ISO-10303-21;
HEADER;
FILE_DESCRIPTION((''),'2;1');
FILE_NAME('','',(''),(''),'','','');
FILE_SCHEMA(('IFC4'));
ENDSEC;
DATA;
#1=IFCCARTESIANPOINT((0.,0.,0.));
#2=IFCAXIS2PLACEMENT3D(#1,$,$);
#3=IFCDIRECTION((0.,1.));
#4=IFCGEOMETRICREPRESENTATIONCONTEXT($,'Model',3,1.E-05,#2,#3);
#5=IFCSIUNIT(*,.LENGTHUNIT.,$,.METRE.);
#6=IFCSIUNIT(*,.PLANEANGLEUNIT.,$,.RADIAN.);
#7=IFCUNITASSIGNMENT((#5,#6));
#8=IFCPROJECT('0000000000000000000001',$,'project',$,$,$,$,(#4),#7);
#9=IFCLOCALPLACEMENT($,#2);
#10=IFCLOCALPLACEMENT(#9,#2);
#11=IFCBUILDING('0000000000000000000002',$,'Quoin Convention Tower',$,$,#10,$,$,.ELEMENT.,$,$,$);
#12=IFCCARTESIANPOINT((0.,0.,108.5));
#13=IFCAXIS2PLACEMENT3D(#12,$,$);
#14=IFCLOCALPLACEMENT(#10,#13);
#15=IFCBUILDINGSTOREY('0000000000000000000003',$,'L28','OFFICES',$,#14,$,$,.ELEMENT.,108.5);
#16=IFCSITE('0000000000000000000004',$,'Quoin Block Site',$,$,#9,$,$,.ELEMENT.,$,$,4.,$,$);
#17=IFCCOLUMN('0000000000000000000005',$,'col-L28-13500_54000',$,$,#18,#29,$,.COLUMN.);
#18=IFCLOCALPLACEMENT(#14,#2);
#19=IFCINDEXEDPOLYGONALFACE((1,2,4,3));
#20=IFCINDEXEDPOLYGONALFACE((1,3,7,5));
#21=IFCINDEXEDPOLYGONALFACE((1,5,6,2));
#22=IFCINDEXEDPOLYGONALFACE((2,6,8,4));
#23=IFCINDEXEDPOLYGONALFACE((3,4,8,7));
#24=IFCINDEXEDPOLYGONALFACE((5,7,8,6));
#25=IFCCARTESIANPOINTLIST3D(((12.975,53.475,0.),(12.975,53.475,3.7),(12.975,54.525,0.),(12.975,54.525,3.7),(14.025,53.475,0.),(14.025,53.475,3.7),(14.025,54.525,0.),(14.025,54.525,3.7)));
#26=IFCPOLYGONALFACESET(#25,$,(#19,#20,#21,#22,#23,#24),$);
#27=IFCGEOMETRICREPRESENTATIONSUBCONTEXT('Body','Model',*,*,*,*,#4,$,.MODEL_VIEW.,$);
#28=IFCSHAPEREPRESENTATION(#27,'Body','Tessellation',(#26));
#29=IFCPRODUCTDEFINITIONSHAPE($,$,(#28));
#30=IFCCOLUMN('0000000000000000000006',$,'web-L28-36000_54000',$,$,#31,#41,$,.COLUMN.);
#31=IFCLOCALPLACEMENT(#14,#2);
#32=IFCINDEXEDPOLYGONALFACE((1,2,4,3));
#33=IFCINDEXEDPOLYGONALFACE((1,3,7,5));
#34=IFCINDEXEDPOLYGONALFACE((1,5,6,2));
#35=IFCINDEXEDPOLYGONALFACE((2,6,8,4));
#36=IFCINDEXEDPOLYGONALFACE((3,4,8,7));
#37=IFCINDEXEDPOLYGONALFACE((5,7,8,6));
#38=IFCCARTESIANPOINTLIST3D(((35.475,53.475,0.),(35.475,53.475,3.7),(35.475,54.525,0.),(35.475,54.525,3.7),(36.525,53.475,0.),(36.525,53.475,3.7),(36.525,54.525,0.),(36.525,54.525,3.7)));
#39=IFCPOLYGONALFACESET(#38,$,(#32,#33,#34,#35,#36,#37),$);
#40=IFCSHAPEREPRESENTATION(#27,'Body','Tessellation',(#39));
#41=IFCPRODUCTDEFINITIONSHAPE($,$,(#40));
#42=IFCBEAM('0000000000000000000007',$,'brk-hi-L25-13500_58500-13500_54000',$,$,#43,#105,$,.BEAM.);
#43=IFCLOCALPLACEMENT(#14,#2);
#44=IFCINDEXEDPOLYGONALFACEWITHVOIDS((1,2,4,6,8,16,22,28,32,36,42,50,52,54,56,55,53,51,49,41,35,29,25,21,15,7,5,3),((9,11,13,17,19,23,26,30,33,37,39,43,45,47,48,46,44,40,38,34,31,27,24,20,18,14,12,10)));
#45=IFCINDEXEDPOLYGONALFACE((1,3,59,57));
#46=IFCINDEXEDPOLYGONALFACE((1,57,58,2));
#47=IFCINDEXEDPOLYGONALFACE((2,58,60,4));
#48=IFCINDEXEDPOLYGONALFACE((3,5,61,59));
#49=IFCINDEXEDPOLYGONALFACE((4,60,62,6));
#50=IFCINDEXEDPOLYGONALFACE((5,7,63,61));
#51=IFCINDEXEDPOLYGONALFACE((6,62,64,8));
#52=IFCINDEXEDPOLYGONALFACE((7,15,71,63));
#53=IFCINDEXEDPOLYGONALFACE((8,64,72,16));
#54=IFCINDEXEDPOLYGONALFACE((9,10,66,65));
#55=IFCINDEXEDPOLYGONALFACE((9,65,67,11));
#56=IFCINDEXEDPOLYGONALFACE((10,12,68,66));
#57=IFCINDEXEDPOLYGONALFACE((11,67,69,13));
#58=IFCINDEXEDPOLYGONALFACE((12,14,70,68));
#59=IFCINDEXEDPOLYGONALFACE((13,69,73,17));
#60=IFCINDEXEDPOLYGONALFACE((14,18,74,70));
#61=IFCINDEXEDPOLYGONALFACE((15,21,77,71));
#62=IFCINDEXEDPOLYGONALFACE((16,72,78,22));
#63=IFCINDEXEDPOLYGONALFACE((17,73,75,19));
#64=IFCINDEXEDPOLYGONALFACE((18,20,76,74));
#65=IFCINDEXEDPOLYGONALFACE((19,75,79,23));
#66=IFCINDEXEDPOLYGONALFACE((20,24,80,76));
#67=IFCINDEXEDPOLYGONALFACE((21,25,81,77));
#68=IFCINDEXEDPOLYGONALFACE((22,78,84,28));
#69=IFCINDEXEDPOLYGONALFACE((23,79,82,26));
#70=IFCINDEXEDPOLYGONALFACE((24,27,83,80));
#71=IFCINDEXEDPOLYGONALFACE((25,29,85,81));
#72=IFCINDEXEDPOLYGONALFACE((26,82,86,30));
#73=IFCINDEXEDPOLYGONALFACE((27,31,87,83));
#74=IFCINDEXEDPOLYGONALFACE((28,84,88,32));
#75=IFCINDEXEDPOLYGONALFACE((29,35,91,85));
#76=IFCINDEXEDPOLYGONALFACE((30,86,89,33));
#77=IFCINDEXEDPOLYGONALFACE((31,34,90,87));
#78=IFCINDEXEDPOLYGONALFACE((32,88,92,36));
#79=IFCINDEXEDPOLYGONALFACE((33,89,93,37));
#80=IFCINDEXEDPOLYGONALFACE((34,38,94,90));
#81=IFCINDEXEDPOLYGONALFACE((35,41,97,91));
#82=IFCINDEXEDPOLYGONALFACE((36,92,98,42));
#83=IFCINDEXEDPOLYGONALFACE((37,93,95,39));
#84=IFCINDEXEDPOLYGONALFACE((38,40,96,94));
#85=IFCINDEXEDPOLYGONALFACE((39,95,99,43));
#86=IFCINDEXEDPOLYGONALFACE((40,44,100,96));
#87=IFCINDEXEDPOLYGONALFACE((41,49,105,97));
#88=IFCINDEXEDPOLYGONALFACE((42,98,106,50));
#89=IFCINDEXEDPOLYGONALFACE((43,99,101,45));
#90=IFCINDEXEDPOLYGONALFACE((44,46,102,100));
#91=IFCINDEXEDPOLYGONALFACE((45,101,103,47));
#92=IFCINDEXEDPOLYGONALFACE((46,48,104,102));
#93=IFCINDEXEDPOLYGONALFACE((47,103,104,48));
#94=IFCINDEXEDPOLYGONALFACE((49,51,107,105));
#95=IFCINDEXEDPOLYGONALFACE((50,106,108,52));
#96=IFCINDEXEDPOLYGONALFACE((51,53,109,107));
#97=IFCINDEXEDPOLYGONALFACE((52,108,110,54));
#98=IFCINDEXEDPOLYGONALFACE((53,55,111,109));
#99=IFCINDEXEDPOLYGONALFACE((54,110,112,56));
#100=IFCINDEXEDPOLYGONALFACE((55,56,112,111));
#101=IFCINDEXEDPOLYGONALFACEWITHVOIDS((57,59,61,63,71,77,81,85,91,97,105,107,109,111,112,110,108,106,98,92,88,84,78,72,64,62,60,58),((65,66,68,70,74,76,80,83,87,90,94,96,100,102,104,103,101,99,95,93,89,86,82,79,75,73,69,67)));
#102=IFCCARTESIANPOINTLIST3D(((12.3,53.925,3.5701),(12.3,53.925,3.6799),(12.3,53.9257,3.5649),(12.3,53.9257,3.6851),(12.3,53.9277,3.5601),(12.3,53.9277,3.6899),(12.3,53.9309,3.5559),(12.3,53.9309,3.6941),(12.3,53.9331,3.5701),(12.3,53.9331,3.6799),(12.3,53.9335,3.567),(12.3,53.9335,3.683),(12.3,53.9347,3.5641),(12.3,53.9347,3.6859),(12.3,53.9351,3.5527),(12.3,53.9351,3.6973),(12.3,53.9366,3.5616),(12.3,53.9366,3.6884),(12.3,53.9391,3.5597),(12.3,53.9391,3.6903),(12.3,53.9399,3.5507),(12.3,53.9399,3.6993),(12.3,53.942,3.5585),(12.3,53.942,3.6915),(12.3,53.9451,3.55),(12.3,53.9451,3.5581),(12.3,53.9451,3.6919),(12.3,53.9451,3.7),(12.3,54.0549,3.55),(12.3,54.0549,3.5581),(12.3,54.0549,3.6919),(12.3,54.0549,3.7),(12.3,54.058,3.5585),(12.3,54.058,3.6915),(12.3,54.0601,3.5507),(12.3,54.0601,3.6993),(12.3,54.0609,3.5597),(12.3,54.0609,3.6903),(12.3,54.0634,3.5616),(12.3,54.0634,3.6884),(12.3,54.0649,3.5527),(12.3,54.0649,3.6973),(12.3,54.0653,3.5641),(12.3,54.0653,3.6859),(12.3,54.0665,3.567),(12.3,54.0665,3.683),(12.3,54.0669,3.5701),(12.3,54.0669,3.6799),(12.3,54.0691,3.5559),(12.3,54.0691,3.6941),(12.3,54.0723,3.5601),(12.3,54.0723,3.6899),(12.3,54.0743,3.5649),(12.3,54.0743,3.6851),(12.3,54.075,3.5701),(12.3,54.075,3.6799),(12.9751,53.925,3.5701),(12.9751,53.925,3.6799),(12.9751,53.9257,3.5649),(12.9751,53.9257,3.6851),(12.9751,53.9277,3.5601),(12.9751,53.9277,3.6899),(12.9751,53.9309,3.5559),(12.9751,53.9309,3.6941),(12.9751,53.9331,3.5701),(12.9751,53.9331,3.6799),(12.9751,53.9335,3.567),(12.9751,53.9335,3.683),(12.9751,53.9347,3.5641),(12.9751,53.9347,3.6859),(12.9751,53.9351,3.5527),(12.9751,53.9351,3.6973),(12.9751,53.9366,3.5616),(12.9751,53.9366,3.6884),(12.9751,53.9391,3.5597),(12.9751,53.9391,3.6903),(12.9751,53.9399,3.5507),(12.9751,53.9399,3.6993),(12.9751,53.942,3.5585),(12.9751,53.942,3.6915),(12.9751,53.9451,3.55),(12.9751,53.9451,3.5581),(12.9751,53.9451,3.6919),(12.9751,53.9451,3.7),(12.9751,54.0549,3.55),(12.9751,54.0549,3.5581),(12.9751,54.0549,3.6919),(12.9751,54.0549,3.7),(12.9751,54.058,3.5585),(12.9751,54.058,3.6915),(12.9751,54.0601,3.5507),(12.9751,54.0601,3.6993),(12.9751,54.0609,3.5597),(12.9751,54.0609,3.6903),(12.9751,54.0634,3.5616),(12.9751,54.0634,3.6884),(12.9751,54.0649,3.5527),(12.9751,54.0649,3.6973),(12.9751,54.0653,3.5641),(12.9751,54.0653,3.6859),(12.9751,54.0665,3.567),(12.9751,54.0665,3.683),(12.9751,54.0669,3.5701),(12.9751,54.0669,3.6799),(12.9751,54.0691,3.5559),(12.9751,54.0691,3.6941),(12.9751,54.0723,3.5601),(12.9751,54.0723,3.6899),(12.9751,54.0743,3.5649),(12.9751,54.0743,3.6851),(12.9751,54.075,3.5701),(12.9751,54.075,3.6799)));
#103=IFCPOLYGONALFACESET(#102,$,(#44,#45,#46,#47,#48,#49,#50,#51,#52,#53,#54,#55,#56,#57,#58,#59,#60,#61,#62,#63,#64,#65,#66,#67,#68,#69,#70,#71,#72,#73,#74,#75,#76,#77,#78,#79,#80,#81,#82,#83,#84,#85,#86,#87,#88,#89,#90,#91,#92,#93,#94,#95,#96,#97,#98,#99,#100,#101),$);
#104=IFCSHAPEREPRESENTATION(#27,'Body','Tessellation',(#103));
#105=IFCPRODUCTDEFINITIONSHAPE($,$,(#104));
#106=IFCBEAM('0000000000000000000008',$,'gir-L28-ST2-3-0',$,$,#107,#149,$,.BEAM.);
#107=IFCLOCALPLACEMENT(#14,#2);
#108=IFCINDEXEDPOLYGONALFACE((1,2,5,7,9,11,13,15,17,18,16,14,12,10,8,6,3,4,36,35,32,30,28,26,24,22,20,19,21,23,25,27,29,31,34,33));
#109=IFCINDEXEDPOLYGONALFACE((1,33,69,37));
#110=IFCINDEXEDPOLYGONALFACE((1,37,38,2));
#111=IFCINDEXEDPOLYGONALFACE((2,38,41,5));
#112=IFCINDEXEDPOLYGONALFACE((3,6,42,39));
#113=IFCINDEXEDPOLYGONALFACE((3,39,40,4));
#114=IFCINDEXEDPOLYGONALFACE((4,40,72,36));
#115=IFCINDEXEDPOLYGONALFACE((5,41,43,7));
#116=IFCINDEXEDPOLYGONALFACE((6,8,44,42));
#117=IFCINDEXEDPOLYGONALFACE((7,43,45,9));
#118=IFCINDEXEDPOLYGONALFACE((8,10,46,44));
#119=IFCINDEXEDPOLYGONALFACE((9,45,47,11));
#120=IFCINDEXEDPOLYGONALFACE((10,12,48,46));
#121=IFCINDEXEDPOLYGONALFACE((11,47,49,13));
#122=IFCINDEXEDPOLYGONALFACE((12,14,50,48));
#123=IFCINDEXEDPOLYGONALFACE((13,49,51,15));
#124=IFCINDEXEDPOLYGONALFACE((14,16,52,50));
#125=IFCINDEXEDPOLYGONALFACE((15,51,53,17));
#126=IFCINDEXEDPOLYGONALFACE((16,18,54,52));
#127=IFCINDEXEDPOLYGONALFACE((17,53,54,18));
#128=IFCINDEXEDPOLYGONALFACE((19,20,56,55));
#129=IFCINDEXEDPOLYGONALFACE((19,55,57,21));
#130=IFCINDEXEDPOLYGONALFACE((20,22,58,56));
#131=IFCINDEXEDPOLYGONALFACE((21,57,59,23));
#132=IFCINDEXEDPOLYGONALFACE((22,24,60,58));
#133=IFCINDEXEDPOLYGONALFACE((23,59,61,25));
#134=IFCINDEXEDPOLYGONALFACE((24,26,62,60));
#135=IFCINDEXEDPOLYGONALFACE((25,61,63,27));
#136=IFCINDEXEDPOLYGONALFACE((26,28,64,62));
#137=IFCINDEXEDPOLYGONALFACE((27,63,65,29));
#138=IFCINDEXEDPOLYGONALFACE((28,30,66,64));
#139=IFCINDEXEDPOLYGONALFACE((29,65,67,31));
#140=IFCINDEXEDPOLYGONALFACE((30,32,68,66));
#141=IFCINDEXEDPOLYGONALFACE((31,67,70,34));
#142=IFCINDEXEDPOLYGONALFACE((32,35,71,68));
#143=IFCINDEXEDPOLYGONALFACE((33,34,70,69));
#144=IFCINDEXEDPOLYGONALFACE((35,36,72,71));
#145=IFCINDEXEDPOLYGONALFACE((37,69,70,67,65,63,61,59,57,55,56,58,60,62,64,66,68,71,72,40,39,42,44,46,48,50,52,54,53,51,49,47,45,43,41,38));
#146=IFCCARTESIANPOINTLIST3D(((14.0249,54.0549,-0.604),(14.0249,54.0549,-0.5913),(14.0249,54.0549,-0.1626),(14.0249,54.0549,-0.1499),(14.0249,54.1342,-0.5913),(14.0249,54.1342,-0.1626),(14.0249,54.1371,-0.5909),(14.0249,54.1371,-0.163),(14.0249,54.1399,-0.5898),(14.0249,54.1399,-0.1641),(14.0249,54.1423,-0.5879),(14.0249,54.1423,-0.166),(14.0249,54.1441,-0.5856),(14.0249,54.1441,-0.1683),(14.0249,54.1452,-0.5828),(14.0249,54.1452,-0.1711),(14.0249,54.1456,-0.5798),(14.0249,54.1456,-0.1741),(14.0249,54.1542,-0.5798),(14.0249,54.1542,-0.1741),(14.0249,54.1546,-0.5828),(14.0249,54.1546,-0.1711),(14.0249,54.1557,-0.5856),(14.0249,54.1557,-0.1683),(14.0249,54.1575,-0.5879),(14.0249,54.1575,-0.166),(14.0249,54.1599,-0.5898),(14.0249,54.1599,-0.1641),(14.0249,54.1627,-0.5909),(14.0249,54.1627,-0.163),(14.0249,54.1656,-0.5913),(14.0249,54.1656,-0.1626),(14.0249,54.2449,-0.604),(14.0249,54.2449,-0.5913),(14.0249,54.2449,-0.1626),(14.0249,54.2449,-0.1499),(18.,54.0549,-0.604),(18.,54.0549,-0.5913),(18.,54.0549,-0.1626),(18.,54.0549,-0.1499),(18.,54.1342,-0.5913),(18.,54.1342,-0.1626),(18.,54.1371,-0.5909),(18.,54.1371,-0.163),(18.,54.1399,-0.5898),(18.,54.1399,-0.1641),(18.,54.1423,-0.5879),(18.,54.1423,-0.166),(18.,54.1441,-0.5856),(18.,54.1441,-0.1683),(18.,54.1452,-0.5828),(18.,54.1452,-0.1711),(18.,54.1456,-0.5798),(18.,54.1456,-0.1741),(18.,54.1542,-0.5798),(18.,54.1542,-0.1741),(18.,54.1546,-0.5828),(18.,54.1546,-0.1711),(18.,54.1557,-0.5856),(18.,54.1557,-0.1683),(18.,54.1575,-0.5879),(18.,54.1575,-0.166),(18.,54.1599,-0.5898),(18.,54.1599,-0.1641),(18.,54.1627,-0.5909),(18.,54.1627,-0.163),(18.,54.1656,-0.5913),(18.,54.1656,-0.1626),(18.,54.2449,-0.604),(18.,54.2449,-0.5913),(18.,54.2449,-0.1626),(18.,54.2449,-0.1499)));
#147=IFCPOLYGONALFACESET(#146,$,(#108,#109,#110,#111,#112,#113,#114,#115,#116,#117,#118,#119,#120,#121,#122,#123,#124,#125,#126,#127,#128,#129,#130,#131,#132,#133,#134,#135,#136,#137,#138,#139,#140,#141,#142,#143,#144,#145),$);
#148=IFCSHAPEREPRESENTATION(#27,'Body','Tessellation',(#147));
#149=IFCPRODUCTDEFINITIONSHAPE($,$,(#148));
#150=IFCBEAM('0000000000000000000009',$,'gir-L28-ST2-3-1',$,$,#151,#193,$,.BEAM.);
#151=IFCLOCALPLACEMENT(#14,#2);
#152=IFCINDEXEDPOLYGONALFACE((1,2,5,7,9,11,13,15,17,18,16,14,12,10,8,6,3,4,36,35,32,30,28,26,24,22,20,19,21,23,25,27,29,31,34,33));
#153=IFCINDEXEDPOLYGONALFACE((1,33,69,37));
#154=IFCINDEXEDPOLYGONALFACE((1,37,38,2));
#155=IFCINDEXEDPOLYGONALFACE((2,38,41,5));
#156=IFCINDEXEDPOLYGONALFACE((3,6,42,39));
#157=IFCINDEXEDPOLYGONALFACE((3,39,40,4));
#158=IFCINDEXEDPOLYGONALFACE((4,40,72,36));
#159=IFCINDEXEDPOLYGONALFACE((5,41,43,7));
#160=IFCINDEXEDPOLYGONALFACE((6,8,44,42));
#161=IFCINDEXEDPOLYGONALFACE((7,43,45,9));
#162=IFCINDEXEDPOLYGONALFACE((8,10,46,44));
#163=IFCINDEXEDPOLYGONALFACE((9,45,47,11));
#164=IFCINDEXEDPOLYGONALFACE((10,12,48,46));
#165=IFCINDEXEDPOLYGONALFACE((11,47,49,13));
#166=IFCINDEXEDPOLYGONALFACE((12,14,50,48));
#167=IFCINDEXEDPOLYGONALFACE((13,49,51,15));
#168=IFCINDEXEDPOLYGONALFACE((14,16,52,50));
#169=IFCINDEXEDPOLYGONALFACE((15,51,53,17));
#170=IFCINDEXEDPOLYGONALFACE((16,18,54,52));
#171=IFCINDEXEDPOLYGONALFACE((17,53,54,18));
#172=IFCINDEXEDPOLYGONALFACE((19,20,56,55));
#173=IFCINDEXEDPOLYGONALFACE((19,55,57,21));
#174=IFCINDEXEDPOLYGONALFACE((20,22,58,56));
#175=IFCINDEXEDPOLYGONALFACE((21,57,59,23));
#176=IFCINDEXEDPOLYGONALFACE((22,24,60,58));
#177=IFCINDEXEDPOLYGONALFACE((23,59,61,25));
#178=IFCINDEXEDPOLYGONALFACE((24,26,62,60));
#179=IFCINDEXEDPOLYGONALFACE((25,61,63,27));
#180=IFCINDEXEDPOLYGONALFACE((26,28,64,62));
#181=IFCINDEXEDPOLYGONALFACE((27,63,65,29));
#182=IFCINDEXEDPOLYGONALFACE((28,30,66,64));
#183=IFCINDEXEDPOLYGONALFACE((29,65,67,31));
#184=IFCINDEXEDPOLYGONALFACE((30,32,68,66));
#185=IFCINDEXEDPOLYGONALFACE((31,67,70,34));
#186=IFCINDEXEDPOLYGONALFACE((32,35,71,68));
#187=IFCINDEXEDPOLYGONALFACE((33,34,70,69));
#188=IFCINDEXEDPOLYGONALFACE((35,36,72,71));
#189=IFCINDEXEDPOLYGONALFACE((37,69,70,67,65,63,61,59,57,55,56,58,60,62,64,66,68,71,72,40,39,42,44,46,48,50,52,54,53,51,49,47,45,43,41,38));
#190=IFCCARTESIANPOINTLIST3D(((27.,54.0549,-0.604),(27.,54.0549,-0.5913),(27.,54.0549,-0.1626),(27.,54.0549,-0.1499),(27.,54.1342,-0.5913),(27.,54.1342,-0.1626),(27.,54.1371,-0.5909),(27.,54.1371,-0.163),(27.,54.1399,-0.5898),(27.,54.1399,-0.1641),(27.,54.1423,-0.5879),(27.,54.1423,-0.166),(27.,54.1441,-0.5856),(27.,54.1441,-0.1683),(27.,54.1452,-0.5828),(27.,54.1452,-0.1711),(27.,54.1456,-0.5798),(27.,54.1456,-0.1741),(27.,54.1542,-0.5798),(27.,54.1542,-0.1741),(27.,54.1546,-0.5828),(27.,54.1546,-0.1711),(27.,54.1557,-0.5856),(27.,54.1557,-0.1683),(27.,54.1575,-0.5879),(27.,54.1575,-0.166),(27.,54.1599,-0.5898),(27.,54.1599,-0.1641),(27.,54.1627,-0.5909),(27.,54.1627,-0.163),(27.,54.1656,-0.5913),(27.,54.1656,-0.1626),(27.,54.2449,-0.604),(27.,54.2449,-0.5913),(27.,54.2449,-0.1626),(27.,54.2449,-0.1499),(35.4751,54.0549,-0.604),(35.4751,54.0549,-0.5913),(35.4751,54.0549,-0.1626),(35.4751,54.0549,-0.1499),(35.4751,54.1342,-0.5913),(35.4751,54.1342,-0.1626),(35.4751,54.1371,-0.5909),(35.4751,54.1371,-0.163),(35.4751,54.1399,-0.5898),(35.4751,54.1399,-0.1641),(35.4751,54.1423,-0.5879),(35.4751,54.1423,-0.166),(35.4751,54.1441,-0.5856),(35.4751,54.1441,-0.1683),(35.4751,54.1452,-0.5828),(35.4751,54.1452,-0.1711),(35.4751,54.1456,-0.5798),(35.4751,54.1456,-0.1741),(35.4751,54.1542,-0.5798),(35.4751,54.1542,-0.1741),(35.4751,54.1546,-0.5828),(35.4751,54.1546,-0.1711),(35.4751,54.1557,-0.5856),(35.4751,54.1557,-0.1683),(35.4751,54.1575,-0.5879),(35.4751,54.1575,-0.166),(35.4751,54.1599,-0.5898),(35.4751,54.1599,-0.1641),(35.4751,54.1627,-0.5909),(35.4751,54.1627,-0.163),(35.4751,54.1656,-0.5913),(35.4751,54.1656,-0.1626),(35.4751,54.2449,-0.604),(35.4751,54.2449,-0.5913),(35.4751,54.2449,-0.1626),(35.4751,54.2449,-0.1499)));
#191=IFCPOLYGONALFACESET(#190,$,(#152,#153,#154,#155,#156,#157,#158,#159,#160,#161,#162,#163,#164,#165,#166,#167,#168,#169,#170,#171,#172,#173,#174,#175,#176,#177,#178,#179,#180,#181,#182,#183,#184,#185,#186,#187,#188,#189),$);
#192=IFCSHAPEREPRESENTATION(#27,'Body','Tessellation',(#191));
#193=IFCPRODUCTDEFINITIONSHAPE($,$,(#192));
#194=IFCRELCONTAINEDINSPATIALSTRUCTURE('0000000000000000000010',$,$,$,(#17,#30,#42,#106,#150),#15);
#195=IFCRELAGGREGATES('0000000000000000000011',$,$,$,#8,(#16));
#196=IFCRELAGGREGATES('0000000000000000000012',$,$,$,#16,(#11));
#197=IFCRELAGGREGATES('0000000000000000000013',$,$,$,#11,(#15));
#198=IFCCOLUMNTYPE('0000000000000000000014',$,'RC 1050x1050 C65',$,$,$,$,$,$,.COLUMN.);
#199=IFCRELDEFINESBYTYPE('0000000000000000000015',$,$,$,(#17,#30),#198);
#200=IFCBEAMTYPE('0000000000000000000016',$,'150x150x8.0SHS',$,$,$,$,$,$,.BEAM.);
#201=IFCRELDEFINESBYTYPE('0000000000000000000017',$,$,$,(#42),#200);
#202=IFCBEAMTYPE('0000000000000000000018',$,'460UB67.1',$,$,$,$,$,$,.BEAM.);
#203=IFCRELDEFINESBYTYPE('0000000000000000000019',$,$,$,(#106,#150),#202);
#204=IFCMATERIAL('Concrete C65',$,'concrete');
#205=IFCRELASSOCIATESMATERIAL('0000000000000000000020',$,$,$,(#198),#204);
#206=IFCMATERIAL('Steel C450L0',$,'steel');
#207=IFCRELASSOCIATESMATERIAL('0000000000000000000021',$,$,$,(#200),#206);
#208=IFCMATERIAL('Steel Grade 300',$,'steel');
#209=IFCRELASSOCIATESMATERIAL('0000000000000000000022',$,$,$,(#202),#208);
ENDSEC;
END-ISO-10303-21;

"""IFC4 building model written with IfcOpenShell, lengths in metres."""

from ifc_helpers import new_model, si_unit, direction, frame, origin, origin_2d, place, context, subcontext, project, spatial, rectangle, hollow_rectangle, i_section, extrude, material, material_profile, profile_set, type_object, element, save


model = new_model("IFC4")

# Units and contexts
model_context = context("Model", 3, precision=1e-05, world=origin(), true_north=direction((0.0, 1.0)))
body_context = subcontext(model_context, "Body", "Model", "MODEL_VIEW")
ifc_project = project(units=[si_unit("LENGTHUNIT", "METRE"), si_unit("PLANEANGLEUNIT", "RADIAN")], contexts=[model_context])

# Site, building, storey
site_placement = place(None, origin())
site = spatial("IfcSite", under=ifc_project, at=site_placement, Name="Quoin Block Site", CompositionType="ELEMENT", RefElevation=4.0)
building_placement = place(site_placement, origin())
building = spatial("IfcBuilding", under=site, at=building_placement, Name="Quoin Convention Tower", CompositionType="ELEMENT")
storey_placement = place(building_placement, frame((0.0, 0.0, 108.5)))
storey = spatial("IfcBuildingStorey", under=building, at=storey_placement, Name="L28", Description="OFFICES", CompositionType="ELEMENT", Elevation=108.5)

# Columns
ifc_material_1 = material(Name="Concrete C65", Category="concrete")
ifc_material_profile_1 = material_profile(ifc_material_1, rectangle(XDim=1.05, YDim=1.05, at=origin_2d()), Name="RC 1050x1050")
ifc_profile_set_1 = profile_set([ifc_material_profile_1], Name="Concrete C65")
column_type = type_object("IfcColumnType", Name="RC 1050x1050 C65", PredefinedType="COLUMN", material=ifc_profile_set_1)
for number, where, z_axis, x_axis, name in (
    (1, (13.5, 54.0, 0.0), (0.0, 0.0, 1.0), (1.0, 0.0, 0.0), "col-L28-13500_54000"),
    (2, (36.0, 54.0, 0.0), (0.0, 0.0, 1.0), (1.0, 0.0, 0.0), "web-L28-36000_54000"),
):
    element("IfcColumn", number, at=place(storey_placement, frame(where, z_axis=z_axis, x_axis=x_axis)), inside=storey, type_object=column_type, Name=name, PredefinedType="COLUMN", context=body_context, shape_type="SweptSolid", body=[
        extrude(rectangle(XDim=1.05, YDim=1.05, at=origin_2d()), origin(), (0.0, 0.0, 1.0), 3.7),
    ])

# Beams
ifc_material_2 = material(Name="Steel C450L0", Category="steel")
ifc_material_profile_2 = material_profile(ifc_material_2, hollow_rectangle(XDim=0.1499, YDim=0.1499, WallThickness=0.0081, InnerFilletRadius=0.012, OuterFilletRadius=0.02, at=origin_2d()), Name="150x150x8.0SHS")
ifc_profile_set_2 = profile_set([ifc_material_profile_2], Name="Steel C450L0")
beam_type_1 = type_object("IfcBeamType", Name="150x150x8.0SHS", PredefinedType="BEAM", material=ifc_profile_set_2)
beam_1_placement = place(storey_placement, frame((12.9751, 54.0, 3.625), z_axis=(-1.0, 0.0, 0.0), x_axis=(0.0, -1.0, 0.0)))
element("IfcBeam", 3, at=beam_1_placement, inside=storey, type_object=beam_type_1, Name="brk-hi-L25-13500_58500-13500_54000", PredefinedType="BEAM", context=body_context, shape_type="SweptSolid", body=[
    extrude(hollow_rectangle(XDim=0.1499, YDim=0.1499, WallThickness=0.0081, InnerFilletRadius=0.012, OuterFilletRadius=0.02, at=origin_2d()), origin(), (0.0, 0.0, 1.0), 0.675),
])
ifc_material_3 = material(Name="Steel Grade 300", Category="steel")
ifc_material_profile_3 = material_profile(ifc_material_3, i_section(OverallWidth=0.1899, OverallDepth=0.4541, WebThickness=0.0085, FlangeThickness=0.0127, FilletRadius=0.0115, at=origin_2d()), Name="460UB67.1")
ifc_profile_set_3 = profile_set([ifc_material_profile_3], Name="Steel Grade 300")
beam_type_2 = type_object("IfcBeamType", Name="460UB67.1", PredefinedType="BEAM", material=ifc_profile_set_3)
beam_2_placement = place(storey_placement, frame((14.0249, 54.1499, -0.377), z_axis=(1.0, 0.0, 0.0), x_axis=(0.0, 1.0, 0.0)))
element("IfcBeam", 4, at=beam_2_placement, inside=storey, type_object=beam_type_2, Name="gir-L28-ST2-3-0", PredefinedType="BEAM", context=body_context, shape_type="SweptSolid", body=[
    extrude(i_section(OverallWidth=0.1899, OverallDepth=0.4541, WebThickness=0.0085, FlangeThickness=0.0127, FilletRadius=0.0115, at=origin_2d()), origin(), (0.0, 0.0, 1.0), 3.9751),
])
beam_3_placement = place(storey_placement, frame((27.0, 54.1499, -0.377), z_axis=(1.0, 0.0, 0.0), x_axis=(0.0, 1.0, 0.0)))
element("IfcBeam", 5, at=beam_3_placement, inside=storey, type_object=beam_type_2, Name="gir-L28-ST2-3-1", PredefinedType="BEAM", context=body_context, shape_type="SweptSolid", body=[
    extrude(i_section(OverallWidth=0.1899, OverallDepth=0.4541, WebThickness=0.0085, FlangeThickness=0.0127, FilletRadius=0.0115, at=origin_2d()), origin(), (0.0, 0.0, 1.0), 8.4751),
])

save(model, "model.ifc")
